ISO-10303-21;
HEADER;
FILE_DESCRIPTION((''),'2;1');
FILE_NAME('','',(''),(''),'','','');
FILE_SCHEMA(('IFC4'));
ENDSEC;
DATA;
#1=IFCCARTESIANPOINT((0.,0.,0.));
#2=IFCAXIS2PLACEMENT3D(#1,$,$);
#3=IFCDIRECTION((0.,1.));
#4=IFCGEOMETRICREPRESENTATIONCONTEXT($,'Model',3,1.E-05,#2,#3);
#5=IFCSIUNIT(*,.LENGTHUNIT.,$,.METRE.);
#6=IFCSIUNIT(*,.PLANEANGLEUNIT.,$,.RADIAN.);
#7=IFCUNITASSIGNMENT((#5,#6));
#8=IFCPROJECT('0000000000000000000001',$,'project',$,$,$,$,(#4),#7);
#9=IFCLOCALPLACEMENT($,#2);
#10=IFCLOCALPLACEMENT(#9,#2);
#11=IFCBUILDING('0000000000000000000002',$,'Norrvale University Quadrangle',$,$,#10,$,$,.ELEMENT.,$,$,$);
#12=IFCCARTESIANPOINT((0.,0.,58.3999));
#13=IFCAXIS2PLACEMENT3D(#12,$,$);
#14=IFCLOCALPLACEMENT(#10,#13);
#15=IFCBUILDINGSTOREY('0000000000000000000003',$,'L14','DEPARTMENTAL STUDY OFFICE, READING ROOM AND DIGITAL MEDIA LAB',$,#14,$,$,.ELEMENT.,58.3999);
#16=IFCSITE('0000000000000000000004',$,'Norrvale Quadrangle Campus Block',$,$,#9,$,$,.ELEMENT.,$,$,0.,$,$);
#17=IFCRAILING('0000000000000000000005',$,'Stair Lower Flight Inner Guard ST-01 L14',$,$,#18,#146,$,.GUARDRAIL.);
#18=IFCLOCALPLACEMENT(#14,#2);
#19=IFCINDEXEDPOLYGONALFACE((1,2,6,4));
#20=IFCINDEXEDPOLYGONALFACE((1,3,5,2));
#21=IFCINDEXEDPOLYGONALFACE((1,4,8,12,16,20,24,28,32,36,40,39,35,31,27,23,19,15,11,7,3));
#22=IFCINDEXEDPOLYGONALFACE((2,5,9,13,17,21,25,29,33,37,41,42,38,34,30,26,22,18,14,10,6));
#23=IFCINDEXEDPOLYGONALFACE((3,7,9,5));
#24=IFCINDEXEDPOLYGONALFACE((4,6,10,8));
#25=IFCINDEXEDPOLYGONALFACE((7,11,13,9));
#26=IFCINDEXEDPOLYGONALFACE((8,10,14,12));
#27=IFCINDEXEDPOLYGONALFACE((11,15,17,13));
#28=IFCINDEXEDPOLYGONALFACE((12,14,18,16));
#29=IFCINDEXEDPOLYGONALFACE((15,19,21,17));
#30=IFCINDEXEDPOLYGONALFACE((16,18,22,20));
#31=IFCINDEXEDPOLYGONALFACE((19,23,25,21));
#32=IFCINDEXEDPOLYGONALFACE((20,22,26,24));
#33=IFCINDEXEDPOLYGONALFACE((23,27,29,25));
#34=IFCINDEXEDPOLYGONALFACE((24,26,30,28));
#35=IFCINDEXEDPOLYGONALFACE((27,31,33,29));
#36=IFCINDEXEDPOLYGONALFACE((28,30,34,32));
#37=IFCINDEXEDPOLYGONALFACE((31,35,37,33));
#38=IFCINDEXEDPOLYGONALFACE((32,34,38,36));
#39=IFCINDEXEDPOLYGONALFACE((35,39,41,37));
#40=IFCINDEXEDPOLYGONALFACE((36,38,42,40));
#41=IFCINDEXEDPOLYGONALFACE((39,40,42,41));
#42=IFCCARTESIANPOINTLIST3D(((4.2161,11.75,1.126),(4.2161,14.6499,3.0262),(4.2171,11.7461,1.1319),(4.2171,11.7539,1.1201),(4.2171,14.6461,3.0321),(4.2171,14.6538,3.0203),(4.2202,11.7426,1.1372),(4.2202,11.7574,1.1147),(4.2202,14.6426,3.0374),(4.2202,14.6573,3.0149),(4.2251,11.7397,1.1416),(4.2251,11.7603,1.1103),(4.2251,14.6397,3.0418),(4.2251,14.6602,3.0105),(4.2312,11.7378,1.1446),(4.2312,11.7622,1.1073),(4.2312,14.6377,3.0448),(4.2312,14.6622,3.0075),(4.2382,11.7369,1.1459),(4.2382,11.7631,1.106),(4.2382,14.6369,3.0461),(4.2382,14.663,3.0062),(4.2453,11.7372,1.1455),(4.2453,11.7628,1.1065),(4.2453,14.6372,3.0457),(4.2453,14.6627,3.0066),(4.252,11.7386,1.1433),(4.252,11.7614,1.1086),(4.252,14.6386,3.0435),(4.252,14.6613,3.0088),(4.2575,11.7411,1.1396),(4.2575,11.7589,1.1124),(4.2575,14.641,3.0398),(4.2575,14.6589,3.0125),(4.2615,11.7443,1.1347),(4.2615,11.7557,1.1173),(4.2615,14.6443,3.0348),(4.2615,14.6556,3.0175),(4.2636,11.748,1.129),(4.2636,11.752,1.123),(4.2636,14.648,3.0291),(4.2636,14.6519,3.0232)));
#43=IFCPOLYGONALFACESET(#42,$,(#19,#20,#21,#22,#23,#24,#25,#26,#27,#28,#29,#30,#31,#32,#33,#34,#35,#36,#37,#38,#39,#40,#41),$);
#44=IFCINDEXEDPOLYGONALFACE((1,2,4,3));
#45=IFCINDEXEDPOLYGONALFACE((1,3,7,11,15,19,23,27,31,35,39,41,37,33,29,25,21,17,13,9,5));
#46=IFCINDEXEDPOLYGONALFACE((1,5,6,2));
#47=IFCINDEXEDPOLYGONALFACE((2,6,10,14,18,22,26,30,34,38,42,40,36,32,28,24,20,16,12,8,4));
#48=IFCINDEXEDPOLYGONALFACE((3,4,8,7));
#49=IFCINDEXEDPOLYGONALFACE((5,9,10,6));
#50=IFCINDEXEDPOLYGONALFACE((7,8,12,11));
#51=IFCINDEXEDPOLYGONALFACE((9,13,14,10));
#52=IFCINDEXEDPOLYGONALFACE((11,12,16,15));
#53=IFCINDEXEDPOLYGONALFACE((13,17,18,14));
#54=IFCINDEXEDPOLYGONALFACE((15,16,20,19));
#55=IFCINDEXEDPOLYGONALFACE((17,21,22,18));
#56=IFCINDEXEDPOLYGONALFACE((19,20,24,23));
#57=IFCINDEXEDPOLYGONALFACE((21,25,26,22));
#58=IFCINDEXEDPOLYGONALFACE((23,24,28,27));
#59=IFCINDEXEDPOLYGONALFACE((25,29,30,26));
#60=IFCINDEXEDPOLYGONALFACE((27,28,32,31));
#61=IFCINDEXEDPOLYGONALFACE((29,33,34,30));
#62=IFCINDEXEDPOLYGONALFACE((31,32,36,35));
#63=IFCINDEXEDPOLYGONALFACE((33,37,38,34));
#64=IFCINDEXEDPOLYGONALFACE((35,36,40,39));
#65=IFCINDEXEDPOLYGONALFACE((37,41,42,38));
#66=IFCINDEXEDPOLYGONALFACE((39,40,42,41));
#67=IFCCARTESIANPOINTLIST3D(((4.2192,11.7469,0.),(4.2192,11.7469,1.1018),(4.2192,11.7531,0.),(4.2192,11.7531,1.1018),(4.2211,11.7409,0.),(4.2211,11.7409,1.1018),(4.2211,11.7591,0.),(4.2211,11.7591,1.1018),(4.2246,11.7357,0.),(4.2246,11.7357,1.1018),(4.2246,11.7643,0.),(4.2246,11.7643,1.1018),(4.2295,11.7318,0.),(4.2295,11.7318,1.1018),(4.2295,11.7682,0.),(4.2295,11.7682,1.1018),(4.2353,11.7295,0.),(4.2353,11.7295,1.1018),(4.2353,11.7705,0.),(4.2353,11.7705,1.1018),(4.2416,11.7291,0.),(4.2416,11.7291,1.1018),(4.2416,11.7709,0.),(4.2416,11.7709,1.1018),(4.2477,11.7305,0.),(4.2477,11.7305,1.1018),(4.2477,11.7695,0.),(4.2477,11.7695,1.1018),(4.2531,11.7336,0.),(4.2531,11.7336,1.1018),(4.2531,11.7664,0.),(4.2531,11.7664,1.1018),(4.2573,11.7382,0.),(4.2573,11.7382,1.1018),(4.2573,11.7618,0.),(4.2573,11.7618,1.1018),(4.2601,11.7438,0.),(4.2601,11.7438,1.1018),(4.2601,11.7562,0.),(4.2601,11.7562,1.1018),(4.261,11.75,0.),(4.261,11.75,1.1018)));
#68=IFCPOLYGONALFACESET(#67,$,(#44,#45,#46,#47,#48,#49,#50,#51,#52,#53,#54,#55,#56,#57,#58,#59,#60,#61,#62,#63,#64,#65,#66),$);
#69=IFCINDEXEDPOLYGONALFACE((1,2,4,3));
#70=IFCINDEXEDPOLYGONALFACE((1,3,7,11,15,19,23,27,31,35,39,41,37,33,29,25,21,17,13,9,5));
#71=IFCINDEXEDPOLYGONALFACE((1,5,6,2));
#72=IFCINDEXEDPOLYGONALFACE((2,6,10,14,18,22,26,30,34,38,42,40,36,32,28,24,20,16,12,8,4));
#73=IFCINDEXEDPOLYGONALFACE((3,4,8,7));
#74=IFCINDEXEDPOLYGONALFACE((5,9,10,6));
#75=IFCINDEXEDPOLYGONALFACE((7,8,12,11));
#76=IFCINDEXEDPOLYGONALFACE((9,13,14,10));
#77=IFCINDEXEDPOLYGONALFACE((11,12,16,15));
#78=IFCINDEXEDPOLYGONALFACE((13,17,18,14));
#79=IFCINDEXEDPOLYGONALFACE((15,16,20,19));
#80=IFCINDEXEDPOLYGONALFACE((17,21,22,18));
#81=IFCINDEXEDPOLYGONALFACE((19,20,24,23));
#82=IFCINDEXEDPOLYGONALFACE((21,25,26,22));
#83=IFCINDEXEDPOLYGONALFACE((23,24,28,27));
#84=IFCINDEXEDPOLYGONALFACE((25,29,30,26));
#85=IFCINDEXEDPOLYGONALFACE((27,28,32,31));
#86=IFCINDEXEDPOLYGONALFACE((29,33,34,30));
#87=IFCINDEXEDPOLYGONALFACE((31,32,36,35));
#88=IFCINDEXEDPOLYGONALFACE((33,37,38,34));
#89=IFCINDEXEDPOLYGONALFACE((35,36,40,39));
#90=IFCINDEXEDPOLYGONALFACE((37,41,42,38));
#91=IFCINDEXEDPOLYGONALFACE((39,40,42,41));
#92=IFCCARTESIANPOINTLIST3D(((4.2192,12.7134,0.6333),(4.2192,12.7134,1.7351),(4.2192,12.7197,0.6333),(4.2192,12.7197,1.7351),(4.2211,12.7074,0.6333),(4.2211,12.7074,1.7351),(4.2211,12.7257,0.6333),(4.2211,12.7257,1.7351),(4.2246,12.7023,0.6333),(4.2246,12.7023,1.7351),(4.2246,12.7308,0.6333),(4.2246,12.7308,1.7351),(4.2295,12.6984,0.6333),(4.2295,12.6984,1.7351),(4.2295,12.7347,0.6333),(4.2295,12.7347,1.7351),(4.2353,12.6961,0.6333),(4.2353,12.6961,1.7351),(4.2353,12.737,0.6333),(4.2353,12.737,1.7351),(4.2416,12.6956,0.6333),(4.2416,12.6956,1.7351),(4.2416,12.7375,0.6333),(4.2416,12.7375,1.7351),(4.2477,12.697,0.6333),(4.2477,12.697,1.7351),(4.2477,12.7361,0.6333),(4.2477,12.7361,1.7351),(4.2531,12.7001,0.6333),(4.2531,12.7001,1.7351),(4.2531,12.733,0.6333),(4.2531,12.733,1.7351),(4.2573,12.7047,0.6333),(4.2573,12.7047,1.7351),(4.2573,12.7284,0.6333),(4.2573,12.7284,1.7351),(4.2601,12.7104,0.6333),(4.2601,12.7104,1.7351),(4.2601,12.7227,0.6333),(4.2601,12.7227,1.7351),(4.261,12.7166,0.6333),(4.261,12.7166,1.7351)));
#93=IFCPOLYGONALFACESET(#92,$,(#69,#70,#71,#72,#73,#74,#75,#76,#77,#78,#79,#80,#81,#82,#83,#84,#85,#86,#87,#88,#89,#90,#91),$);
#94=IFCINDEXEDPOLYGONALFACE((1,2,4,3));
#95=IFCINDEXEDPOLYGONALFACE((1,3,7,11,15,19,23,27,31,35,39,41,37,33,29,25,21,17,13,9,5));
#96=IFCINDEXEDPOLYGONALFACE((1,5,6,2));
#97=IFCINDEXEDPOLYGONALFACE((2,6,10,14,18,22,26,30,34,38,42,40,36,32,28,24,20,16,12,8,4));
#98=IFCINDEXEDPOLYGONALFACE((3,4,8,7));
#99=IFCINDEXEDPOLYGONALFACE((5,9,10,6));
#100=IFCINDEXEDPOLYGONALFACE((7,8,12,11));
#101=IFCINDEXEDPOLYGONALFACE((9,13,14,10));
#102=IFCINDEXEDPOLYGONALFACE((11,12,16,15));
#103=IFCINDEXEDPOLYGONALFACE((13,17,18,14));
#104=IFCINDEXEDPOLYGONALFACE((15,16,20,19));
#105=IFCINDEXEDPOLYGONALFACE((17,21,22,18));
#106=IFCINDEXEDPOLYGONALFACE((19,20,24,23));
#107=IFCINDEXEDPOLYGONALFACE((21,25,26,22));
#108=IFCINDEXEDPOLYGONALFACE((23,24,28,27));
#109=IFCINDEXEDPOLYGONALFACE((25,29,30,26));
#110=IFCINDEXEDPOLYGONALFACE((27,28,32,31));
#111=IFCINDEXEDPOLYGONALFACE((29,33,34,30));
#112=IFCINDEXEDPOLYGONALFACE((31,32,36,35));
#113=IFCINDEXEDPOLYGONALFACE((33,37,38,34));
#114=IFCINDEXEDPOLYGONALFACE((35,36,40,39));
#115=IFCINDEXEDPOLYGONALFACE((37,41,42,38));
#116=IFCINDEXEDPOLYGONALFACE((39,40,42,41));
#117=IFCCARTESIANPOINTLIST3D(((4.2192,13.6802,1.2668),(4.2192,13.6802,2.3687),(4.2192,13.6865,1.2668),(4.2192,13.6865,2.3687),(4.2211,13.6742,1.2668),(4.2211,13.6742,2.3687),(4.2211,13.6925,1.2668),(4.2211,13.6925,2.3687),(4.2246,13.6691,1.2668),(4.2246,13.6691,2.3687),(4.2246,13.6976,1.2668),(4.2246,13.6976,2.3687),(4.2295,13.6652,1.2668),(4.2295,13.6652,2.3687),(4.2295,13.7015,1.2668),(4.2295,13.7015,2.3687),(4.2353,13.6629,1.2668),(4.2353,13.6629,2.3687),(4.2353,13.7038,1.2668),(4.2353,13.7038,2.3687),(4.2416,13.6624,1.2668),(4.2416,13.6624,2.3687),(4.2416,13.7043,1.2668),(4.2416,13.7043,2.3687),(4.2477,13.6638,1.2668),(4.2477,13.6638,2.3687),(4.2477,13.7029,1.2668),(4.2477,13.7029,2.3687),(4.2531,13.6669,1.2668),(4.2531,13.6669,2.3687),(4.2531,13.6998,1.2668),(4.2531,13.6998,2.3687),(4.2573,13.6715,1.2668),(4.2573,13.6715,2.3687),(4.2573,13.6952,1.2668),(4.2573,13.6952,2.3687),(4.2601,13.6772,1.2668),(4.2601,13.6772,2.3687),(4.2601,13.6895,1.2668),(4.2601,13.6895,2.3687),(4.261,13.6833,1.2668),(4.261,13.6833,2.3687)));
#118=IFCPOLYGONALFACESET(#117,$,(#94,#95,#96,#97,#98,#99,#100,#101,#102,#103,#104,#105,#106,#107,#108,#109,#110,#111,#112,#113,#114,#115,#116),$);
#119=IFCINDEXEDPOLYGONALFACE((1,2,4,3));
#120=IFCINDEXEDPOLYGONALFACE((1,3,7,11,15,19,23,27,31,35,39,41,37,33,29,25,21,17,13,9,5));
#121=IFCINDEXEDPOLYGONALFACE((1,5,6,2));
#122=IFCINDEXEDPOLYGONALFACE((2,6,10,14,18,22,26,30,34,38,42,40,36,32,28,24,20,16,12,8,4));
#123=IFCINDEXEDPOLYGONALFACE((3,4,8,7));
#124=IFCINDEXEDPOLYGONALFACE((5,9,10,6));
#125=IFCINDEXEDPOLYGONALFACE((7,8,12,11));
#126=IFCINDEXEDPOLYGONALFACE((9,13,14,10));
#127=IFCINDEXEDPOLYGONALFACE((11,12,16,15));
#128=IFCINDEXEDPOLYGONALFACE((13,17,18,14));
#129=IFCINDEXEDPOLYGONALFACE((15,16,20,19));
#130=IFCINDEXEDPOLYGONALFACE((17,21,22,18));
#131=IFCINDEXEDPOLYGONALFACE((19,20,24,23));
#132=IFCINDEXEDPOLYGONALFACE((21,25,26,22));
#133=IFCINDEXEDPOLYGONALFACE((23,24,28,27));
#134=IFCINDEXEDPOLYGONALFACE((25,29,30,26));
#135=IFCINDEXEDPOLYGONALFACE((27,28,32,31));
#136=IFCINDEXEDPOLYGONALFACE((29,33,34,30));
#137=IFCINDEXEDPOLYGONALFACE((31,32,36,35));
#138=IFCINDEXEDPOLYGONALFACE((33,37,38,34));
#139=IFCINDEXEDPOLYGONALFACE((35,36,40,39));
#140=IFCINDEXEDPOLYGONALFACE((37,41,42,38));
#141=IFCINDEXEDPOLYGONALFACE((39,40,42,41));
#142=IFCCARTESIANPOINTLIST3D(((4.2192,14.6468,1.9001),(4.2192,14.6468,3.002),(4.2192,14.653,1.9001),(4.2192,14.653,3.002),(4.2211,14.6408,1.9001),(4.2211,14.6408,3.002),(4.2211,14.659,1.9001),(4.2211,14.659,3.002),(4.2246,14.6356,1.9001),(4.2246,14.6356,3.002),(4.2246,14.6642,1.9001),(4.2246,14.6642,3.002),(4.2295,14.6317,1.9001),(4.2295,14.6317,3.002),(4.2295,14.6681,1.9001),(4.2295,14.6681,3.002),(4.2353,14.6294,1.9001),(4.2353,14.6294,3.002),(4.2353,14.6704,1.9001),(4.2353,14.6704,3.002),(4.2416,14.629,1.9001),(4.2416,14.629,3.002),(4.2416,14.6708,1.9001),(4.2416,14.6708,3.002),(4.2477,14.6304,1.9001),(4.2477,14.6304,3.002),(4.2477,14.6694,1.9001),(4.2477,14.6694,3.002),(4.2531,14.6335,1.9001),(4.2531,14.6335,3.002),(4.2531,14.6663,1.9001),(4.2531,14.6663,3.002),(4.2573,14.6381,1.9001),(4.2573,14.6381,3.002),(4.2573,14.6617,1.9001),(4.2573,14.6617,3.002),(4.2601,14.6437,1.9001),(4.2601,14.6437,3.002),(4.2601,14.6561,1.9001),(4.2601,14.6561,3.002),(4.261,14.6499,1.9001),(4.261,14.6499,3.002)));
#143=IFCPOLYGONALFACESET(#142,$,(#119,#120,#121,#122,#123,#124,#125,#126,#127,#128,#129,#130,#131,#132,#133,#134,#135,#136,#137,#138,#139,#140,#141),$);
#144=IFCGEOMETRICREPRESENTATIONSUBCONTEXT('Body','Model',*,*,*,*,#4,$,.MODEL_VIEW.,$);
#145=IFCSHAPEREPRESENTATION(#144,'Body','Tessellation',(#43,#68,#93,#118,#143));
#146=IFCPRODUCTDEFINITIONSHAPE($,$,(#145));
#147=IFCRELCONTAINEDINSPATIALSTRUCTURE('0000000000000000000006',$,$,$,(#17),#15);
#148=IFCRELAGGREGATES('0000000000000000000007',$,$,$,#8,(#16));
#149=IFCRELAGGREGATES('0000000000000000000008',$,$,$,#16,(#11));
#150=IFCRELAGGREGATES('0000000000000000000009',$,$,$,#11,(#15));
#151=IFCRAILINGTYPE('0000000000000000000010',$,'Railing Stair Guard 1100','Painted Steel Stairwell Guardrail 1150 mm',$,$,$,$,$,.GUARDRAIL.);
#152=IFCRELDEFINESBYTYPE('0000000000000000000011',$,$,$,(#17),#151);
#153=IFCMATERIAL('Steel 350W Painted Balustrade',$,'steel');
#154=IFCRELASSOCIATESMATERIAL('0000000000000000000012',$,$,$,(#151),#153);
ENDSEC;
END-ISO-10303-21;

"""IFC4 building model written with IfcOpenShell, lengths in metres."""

from ifc_helpers import new_model, si_unit, direction, frame, origin, origin_2d, place, context, subcontext, project, spatial, circle, extrude, material, type_object, element, save


model = new_model("IFC4")

# Units and contexts
model_context = context("Model", 3, precision=1e-05, world=origin(), true_north=direction((0.0, 1.0)))
body_context = subcontext(model_context, "Body", "Model", "MODEL_VIEW")
ifc_project = project(units=[si_unit("LENGTHUNIT", "METRE"), si_unit("PLANEANGLEUNIT", "RADIAN")], contexts=[model_context])

# Site, building, storey
site_placement = place(None, origin())
site = spatial("IfcSite", under=ifc_project, at=site_placement, Name="Norrvale Quadrangle Campus Block", CompositionType="ELEMENT", RefElevation=0.0)
building_placement = place(site_placement, origin())
building = spatial("IfcBuilding", under=site, at=building_placement, Name="Norrvale University Quadrangle", CompositionType="ELEMENT")
storey_placement = place(building_placement, frame((0.0, 0.0, 58.3999)))
storey = spatial("IfcBuildingStorey", under=building, at=storey_placement, Name="L14", Description="DEPARTMENTAL STUDY OFFICE, READING ROOM AND DIGITAL MEDIA LAB", CompositionType="ELEMENT", Elevation=58.3999)

# Railing
ifc_material_1 = material(Name="Steel 350W Painted Balustrade", Category="steel")
railing_type_1 = type_object("IfcRailingType", Name="Railing Stair Guard 1100", Description="Painted Steel Stairwell Guardrail 1150 mm", PredefinedType="GUARDRAIL", material=ifc_material_1)
railing_1_placement = place(storey_placement, frame((4.24, 11.75, 0.0)))
element("IfcRailing", 1, at=railing_1_placement, inside=storey, type_object=railing_type_1, Name="Stair Lower Flight Inner Guard ST-01 L14", PredefinedType="GUARDRAIL", context=body_context, shape_type="SweptSolid", body=[
    extrude(circle(Radius=0.0239, at=origin_2d()), frame((0.0, 0.0, 1.126), z_axis=(0.0, 0.836433, 0.548069), x_axis=(-1.0, 0.0, 0.0)), (0.0, 0.0, 1.0), 3.467),
    extrude(circle(Radius=0.021, at=origin_2d()), origin(), (0.0, 0.0, 1.0), 1.1018),
    extrude(circle(Radius=0.021, at=origin_2d()), frame((0.0, 0.9666, 0.6333)), (0.0, 0.0, 1.0), 1.1018),
    extrude(circle(Radius=0.021, at=origin_2d()), frame((0.0, 1.9333, 1.2668)), (0.0, 0.0, 1.0), 1.1018),
    extrude(circle(Radius=0.021, at=origin_2d()), frame((0.0, 2.8999, 1.9001)), (0.0, 0.0, 1.0), 1.1018),
])

save(model, "model.ifc")
